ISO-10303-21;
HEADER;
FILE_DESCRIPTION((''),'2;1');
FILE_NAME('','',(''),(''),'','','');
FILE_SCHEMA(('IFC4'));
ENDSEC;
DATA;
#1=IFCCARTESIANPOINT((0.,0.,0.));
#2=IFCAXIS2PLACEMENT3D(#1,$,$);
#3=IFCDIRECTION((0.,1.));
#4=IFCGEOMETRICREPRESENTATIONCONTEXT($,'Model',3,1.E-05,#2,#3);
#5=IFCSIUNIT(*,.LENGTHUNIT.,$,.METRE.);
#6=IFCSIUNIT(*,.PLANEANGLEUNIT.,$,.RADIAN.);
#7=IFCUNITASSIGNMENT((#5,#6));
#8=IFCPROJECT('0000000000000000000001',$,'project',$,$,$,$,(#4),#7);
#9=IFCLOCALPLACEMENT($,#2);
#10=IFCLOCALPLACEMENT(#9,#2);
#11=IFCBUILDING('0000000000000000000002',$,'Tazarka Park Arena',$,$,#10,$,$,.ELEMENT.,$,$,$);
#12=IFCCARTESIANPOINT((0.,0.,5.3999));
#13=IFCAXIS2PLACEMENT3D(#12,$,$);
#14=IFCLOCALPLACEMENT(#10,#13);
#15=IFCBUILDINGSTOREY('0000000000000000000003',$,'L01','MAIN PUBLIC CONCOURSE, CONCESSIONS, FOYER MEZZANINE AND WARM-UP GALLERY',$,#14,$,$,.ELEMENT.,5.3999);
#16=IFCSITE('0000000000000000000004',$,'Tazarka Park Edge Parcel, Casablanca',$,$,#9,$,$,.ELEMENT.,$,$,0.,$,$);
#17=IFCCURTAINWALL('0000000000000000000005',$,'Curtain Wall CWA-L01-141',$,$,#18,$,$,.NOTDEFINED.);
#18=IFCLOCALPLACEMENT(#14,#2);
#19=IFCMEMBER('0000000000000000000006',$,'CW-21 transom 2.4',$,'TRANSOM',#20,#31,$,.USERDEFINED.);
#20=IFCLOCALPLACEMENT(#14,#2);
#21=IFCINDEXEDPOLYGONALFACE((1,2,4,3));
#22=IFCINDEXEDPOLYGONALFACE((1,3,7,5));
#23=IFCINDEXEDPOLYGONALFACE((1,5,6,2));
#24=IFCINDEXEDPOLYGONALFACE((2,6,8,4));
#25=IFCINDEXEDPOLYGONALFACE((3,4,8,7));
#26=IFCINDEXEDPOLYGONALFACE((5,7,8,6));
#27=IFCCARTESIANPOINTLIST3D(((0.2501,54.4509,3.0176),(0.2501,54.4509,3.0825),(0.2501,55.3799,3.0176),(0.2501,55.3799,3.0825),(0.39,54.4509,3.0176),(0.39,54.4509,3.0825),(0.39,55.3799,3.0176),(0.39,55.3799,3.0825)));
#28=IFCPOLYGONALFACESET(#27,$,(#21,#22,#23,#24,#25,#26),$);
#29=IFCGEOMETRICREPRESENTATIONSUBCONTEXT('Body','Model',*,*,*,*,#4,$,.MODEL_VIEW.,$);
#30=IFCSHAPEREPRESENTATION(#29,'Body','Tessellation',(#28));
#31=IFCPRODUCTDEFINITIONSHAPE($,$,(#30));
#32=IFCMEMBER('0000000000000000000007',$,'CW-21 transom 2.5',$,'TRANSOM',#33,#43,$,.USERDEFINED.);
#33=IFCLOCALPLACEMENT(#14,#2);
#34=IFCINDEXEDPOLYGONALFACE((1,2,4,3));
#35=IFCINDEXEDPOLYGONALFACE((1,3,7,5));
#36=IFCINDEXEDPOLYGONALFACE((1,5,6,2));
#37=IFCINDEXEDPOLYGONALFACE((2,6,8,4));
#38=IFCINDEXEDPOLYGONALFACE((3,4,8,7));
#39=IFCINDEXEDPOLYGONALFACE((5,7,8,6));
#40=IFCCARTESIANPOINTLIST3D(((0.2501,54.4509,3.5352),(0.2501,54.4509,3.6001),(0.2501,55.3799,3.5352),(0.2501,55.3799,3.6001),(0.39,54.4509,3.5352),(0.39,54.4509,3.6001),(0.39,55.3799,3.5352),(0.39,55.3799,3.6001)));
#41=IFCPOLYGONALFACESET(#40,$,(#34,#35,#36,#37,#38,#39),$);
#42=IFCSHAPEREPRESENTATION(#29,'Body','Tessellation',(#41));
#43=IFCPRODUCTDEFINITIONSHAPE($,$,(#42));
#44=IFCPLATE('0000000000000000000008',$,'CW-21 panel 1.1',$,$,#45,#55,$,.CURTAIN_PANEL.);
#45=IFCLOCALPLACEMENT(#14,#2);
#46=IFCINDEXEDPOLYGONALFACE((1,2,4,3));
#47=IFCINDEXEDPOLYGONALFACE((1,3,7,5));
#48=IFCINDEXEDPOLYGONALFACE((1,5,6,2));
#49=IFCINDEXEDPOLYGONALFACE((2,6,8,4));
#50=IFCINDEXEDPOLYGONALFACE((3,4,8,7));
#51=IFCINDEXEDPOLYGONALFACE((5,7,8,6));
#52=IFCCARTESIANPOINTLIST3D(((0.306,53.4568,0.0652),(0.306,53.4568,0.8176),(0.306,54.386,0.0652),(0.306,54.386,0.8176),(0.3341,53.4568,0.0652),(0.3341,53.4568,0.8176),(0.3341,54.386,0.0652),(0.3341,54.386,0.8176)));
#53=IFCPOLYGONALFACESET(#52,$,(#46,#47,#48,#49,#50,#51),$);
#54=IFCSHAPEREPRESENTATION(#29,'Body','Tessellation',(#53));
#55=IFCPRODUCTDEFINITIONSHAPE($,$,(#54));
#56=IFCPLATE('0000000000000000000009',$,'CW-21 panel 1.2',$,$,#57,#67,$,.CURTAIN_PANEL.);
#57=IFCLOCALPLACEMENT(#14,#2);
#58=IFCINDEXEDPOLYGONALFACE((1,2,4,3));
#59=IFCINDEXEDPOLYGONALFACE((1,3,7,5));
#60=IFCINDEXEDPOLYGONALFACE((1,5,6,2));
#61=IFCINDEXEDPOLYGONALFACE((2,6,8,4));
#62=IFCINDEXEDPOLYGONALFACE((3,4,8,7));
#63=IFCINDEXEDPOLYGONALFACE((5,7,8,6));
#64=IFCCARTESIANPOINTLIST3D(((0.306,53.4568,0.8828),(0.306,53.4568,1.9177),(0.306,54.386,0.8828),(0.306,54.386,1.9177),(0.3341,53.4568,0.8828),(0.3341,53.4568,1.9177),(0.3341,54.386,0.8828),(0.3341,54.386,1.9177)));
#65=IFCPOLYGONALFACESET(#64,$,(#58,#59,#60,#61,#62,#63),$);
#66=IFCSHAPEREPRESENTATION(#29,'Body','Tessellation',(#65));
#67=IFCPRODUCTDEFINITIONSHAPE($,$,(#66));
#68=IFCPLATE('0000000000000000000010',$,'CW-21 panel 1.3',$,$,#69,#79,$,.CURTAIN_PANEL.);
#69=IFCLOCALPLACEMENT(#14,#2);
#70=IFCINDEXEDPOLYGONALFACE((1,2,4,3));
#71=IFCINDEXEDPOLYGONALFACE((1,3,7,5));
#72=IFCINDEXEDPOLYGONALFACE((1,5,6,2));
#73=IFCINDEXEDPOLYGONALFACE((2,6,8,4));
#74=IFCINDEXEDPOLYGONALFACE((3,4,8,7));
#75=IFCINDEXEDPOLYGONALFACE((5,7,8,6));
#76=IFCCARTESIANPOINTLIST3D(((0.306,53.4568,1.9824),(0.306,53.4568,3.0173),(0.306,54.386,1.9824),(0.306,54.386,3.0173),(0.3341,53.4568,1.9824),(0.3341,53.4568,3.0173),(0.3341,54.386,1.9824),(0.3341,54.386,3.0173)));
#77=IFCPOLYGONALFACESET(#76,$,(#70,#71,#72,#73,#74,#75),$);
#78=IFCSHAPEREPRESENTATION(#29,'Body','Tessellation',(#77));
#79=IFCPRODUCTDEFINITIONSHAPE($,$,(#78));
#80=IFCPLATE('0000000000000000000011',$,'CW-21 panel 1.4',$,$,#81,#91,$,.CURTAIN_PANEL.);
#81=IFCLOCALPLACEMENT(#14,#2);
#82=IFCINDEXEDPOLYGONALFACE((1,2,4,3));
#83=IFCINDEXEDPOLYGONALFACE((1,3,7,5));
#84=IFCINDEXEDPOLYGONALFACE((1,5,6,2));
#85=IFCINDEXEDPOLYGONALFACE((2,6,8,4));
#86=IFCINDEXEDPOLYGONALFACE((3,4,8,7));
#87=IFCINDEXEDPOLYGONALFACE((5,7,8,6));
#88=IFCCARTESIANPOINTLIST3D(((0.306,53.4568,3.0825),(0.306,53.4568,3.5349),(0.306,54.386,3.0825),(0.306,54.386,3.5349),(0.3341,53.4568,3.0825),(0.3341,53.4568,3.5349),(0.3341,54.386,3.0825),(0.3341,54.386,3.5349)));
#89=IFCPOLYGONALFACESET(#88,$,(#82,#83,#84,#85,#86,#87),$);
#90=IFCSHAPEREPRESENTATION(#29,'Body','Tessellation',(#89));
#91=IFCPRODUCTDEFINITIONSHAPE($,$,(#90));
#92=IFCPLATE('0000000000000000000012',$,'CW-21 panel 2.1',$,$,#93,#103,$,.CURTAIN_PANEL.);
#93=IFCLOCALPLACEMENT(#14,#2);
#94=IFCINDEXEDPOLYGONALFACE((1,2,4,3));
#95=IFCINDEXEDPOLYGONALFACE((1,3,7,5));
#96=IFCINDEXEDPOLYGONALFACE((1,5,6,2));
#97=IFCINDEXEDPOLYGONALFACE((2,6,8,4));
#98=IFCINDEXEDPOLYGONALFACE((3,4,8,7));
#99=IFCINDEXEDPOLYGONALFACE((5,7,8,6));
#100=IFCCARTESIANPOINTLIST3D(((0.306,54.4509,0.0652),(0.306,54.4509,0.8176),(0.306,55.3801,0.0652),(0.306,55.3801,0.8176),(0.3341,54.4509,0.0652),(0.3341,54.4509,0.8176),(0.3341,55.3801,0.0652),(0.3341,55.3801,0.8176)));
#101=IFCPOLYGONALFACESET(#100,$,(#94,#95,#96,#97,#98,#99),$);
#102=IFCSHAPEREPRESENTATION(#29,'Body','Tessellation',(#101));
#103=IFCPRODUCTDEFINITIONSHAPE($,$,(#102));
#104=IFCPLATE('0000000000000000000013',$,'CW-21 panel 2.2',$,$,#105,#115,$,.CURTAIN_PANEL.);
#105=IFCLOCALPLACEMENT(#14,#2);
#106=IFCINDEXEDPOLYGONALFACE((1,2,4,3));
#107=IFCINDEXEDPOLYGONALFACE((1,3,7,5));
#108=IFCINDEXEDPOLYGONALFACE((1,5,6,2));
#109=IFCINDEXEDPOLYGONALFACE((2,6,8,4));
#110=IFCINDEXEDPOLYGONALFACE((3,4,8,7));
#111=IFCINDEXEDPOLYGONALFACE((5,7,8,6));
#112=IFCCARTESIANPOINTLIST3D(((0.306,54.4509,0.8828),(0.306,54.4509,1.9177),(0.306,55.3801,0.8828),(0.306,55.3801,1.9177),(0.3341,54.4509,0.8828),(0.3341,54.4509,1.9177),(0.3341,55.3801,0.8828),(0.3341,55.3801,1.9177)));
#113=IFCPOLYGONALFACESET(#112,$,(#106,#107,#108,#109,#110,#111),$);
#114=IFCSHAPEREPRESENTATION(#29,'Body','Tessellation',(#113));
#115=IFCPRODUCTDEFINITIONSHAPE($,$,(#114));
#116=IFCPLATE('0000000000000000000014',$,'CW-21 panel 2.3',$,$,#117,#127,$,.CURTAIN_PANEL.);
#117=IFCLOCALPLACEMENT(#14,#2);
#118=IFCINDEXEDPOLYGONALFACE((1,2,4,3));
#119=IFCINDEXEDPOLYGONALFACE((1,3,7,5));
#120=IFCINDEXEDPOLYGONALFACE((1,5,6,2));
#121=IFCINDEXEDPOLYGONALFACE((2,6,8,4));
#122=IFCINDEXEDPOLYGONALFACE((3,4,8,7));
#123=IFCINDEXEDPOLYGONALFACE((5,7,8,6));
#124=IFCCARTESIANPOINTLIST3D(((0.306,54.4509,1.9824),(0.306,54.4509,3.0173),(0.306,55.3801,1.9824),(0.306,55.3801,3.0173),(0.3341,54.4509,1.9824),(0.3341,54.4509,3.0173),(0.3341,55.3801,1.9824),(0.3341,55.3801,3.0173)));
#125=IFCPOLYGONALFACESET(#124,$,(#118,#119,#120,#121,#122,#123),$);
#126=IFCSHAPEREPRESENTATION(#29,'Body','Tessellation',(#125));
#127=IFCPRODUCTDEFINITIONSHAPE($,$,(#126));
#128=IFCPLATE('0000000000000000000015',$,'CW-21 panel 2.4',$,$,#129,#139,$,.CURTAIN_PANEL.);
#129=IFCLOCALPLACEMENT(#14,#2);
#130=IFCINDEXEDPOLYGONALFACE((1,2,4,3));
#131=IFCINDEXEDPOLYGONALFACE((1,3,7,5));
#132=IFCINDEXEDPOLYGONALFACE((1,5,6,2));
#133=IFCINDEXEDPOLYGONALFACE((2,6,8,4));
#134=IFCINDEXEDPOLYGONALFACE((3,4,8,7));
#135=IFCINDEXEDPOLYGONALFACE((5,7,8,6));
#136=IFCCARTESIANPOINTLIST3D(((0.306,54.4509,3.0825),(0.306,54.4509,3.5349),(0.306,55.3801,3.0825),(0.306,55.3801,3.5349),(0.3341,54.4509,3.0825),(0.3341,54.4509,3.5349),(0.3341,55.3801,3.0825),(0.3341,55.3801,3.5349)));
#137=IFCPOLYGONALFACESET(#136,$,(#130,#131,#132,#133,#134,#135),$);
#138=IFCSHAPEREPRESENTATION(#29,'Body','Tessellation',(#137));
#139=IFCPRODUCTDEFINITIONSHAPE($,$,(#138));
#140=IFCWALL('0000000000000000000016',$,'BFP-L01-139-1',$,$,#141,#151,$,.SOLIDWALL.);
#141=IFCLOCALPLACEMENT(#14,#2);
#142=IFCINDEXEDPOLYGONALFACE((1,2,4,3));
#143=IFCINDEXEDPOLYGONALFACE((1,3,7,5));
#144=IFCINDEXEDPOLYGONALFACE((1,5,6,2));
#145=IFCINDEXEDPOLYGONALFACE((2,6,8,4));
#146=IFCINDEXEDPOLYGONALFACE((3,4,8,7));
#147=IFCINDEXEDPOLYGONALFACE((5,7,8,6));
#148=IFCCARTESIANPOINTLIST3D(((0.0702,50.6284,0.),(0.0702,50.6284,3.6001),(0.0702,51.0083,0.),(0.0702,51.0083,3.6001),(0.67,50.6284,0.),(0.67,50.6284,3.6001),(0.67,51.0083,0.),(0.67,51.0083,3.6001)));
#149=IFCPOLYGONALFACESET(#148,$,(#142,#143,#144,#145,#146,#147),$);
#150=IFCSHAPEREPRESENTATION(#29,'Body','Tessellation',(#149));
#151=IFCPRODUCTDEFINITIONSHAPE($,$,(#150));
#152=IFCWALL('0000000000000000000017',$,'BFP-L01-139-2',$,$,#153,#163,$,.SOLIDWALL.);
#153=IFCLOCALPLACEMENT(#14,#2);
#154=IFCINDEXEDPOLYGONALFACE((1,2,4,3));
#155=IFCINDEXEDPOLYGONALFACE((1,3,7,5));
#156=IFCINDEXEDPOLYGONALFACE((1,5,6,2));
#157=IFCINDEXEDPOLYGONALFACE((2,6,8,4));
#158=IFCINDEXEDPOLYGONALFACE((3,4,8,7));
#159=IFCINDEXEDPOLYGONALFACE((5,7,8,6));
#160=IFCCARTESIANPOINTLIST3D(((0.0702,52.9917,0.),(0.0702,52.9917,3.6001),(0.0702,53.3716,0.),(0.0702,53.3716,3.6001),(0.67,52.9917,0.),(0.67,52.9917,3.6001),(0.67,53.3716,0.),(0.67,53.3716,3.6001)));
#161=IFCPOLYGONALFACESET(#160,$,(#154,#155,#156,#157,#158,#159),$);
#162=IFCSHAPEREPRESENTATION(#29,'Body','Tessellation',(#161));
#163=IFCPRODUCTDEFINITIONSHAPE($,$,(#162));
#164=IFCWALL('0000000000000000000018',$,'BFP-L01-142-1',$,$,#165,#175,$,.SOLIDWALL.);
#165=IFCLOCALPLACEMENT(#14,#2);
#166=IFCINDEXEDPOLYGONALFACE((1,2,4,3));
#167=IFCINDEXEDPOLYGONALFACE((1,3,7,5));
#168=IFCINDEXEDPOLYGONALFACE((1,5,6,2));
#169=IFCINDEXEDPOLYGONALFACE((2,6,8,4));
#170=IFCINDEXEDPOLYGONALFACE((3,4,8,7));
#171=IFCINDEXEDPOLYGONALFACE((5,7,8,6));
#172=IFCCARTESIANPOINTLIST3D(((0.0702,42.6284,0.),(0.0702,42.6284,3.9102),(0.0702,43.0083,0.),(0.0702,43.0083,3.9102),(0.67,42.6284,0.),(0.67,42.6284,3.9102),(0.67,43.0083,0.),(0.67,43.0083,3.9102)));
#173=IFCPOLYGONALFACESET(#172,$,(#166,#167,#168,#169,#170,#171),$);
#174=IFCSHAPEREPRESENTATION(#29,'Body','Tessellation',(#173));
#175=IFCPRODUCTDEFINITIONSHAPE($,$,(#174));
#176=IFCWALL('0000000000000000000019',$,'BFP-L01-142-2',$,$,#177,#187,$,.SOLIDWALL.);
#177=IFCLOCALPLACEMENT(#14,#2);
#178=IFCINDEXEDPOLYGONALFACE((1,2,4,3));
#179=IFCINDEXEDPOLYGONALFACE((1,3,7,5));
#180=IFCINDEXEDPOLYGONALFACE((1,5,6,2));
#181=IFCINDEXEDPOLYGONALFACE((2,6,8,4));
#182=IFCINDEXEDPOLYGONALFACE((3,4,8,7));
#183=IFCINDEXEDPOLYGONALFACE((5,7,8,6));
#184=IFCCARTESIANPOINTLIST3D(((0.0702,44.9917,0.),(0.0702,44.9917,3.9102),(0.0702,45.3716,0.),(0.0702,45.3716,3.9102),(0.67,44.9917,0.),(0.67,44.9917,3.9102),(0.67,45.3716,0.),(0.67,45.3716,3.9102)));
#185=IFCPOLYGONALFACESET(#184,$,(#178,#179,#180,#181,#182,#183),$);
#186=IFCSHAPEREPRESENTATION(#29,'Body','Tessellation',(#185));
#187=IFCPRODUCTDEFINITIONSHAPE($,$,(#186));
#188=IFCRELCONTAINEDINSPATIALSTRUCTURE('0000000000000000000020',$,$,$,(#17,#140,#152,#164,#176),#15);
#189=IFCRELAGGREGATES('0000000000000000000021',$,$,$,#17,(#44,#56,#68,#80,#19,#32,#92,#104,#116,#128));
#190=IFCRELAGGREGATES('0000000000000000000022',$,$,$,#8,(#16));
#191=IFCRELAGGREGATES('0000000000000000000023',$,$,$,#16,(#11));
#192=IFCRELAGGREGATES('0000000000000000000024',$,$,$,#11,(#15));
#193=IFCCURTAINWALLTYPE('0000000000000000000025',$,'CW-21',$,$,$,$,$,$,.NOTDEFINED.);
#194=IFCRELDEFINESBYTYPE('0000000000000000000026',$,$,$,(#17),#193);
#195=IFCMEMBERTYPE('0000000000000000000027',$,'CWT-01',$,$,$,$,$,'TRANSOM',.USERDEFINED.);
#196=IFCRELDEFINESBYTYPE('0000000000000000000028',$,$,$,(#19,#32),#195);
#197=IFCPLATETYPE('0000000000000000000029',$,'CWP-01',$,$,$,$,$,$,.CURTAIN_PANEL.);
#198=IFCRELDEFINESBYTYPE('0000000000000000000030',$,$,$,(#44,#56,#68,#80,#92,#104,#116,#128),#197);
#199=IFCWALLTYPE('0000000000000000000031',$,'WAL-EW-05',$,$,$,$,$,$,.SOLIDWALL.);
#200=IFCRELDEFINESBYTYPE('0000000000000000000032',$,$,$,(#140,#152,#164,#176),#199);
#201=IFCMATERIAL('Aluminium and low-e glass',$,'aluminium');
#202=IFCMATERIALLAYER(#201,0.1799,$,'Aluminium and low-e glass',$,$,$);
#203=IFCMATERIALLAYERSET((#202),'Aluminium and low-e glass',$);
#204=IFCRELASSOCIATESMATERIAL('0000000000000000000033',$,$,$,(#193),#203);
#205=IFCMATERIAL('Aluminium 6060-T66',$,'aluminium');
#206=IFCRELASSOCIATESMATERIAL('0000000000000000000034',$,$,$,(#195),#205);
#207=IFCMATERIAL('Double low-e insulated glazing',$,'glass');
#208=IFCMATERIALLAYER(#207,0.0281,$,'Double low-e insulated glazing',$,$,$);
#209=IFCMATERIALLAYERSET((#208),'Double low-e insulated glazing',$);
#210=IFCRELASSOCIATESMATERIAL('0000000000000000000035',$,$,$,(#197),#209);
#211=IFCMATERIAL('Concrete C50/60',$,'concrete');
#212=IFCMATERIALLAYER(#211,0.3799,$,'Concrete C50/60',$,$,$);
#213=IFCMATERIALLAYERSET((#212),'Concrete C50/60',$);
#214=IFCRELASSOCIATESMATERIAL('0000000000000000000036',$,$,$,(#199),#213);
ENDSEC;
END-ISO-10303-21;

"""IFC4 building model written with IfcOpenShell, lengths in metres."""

from ifc_helpers import new_model, si_unit, direction, frame, frame_2d, origin, origin_2d, place, context, subcontext, project, spatial, rectangle, extrude, material, layer, layer_set, material_profile, profile_set, type_object, element, aggregate, save


model = new_model("IFC4")

# Units and contexts
model_context = context("Model", 3, precision=1e-05, world=origin(), true_north=direction((0.0, 1.0)))
body_context = subcontext(model_context, "Body", "Model", "MODEL_VIEW")
ifc_project = project(units=[si_unit("LENGTHUNIT", "METRE"), si_unit("PLANEANGLEUNIT", "RADIAN")], contexts=[model_context])

# Site, building, storey
site_placement = place(None, origin())
site = spatial("IfcSite", under=ifc_project, at=site_placement, Name="Tazarka Park Edge Parcel, Casablanca", CompositionType="ELEMENT", RefElevation=0.0)
building_placement = place(site_placement, origin())
building = spatial("IfcBuilding", under=site, at=building_placement, Name="Tazarka Park Arena", CompositionType="ELEMENT")
storey_placement = place(building_placement, frame((0.0, 0.0, 5.3999)))
storey = spatial("IfcBuildingStorey", under=building, at=storey_placement, Name="L01", Description="MAIN PUBLIC CONCOURSE, CONCESSIONS, FOYER MEZZANINE AND WARM-UP GALLERY", CompositionType="ELEMENT", Elevation=5.3999)

# Curtain wall, members, plates
ifc_material_1 = material(Name="Aluminium and low-e glass", Category="aluminium")
ifc_layer_1 = layer(ifc_material_1, 0.1799, Name="Aluminium and low-e glass")
ifc_layer_set_1 = layer_set([ifc_layer_1], Name="Aluminium and low-e glass")
curtain_wall_type = type_object("IfcCurtainWallType", Name="CW-21", PredefinedType="NOTDEFINED", material=ifc_layer_set_1)
curtain_wall_placement = place(storey_placement, origin())
curtain_wall = element("IfcCurtainWall", 1, at=curtain_wall_placement, inside=storey, type_object=curtain_wall_type, Name="Curtain Wall CWA-L01-141", PredefinedType="NOTDEFINED")
ifc_material_2 = material(Name="Aluminium 6060-T66", Category="aluminium")
ifc_material_profile_1 = material_profile(ifc_material_2, rectangle(XDim=0.1399, YDim=0.0649, at=origin_2d()), Name="Aluminium 6060-T66")
ifc_profile_set_1 = profile_set([ifc_material_profile_1], Name="Aluminium 6060-T66")
member_type_1 = type_object("IfcMemberType", Name="CWT-01", ElementType="TRANSOM", PredefinedType="USERDEFINED", material=ifc_profile_set_1)
member_1_placement = place(storey_placement, frame((0.3201, 54.4509, 3.05), z_axis=(0.0, 1.0, 0.0), x_axis=(-1.0, 0.0, 0.0)))
member_1 = element("IfcMember", 2, at=member_1_placement, type_object=member_type_1, Name="CW-21 transom 2.4", ObjectType="TRANSOM", PredefinedType="USERDEFINED", context=body_context, shape_type="SweptSolid", body=[
    extrude(rectangle(XDim=0.1399, YDim=0.0649, at=origin_2d()), origin(), (0.0, 0.0, 1.0), 0.929),
])
member_2_placement = place(storey_placement, frame((0.3201, 54.4509, 3.5676), z_axis=(0.0, 1.0, 0.0), x_axis=(-1.0, 0.0, 0.0)))
member_2 = element("IfcMember", 3, at=member_2_placement, type_object=member_type_1, Name="CW-21 transom 2.5", ObjectType="TRANSOM", PredefinedType="USERDEFINED", context=body_context, shape_type="SweptSolid", body=[
    extrude(rectangle(XDim=0.1399, YDim=0.0649, at=origin_2d()), origin(), (0.0, 0.0, 1.0), 0.929),
])
ifc_material_3 = material(Name="Double low-e insulated glazing", Category="glass")
ifc_layer_2 = layer(ifc_material_3, 0.0281, Name="Double low-e insulated glazing")
ifc_layer_set_2 = layer_set([ifc_layer_2], Name="Double low-e insulated glazing")
plate_type = type_object("IfcPlateType", Name="CWP-01", PredefinedType="CURTAIN_PANEL", material=ifc_layer_set_2)
plate_1_placement = place(storey_placement, frame((0.3201, 53.9214, 0.0652), z_axis=(0.0, 0.0, 1.0), x_axis=(0.0, 1.0, 0.0)))
plate_1 = element("IfcPlate", 4, at=plate_1_placement, type_object=plate_type, Name="CW-21 panel 1.1", PredefinedType="CURTAIN_PANEL", context=body_context, shape_type="SweptSolid", body=[
    extrude(rectangle(XDim=0.9292, YDim=0.0281, at=origin_2d()), origin(), (0.0, 0.0, 1.0), 0.7524),
])
plate_2_placement = place(storey_placement, frame((0.3201, 53.9214, 0.8828), z_axis=(0.0, 0.0, 1.0), x_axis=(0.0, 1.0, 0.0)))
plate_2 = element("IfcPlate", 5, at=plate_2_placement, type_object=plate_type, Name="CW-21 panel 1.2", PredefinedType="CURTAIN_PANEL", context=body_context, shape_type="SweptSolid", body=[
    extrude(rectangle(XDim=0.9292, YDim=0.0281, at=origin_2d()), origin(), (0.0, 0.0, 1.0), 1.0349),
])
plate_3_placement = place(storey_placement, frame((0.3201, 53.9214, 1.9824), z_axis=(0.0, 0.0, 1.0), x_axis=(0.0, 1.0, 0.0)))
plate_3 = element("IfcPlate", 6, at=plate_3_placement, type_object=plate_type, Name="CW-21 panel 1.3", PredefinedType="CURTAIN_PANEL", context=body_context, shape_type="SweptSolid", body=[
    extrude(rectangle(XDim=0.9292, YDim=0.0281, at=origin_2d()), origin(), (0.0, 0.0, 1.0), 1.0349),
])
plate_4_placement = place(storey_placement, frame((0.3201, 53.9214, 3.0825), z_axis=(0.0, 0.0, 1.0), x_axis=(0.0, 1.0, 0.0)))
plate_4 = element("IfcPlate", 7, at=plate_4_placement, type_object=plate_type, Name="CW-21 panel 1.4", PredefinedType="CURTAIN_PANEL", context=body_context, shape_type="SweptSolid", body=[
    extrude(rectangle(XDim=0.9292, YDim=0.0281, at=origin_2d()), origin(), (0.0, 0.0, 1.0), 0.4524),
])
plate_5_placement = place(storey_placement, frame((0.3201, 54.9155, 0.0652), z_axis=(0.0, 0.0, 1.0), x_axis=(0.0, 1.0, 0.0)))
plate_5 = element("IfcPlate", 8, at=plate_5_placement, type_object=plate_type, Name="CW-21 panel 2.1", PredefinedType="CURTAIN_PANEL", context=body_context, shape_type="SweptSolid", body=[
    extrude(rectangle(XDim=0.9292, YDim=0.0281, at=origin_2d()), origin(), (0.0, 0.0, 1.0), 0.7524),
])
plate_6_placement = place(storey_placement, frame((0.3201, 54.9155, 0.8828), z_axis=(0.0, 0.0, 1.0), x_axis=(0.0, 1.0, 0.0)))
plate_6 = element("IfcPlate", 9, at=plate_6_placement, type_object=plate_type, Name="CW-21 panel 2.2", PredefinedType="CURTAIN_PANEL", context=body_context, shape_type="SweptSolid", body=[
    extrude(rectangle(XDim=0.9292, YDim=0.0281, at=origin_2d()), origin(), (0.0, 0.0, 1.0), 1.0349),
])
plate_7_placement = place(storey_placement, frame((0.3201, 54.9155, 1.9824), z_axis=(0.0, 0.0, 1.0), x_axis=(0.0, 1.0, 0.0)))
plate_7 = element("IfcPlate", 10, at=plate_7_placement, type_object=plate_type, Name="CW-21 panel 2.3", PredefinedType="CURTAIN_PANEL", context=body_context, shape_type="SweptSolid", body=[
    extrude(rectangle(XDim=0.9292, YDim=0.0281, at=origin_2d()), origin(), (0.0, 0.0, 1.0), 1.0349),
])
plate_8_placement = place(storey_placement, frame((0.3201, 54.9155, 3.0825), z_axis=(0.0, 0.0, 1.0), x_axis=(0.0, 1.0, 0.0)))
plate_8 = element("IfcPlate", 11, at=plate_8_placement, type_object=plate_type, Name="CW-21 panel 2.4", PredefinedType="CURTAIN_PANEL", context=body_context, shape_type="SweptSolid", body=[
    extrude(rectangle(XDim=0.9292, YDim=0.0281, at=origin_2d()), origin(), (0.0, 0.0, 1.0), 0.4524),
])
aggregate(curtain_wall, [plate_1, plate_2, plate_3, plate_4, member_1, member_2, plate_5, plate_6, plate_7, plate_8])

# Walls
ifc_material_4 = material(Name="Concrete C50/60", Category="concrete")
ifc_layer_3 = layer(ifc_material_4, 0.3799, Name="Concrete C50/60")
ifc_layer_set_3 = layer_set([ifc_layer_3], Name="Concrete C50/60")
wall_type = type_object("IfcWallType", Name="WAL-EW-05", PredefinedType="SOLIDWALL", material=ifc_layer_set_3)
for number, where, z_axis, x_axis, name in (
    (12, (0.6699, 50.8184, 0.0), (0.0, 0.0, 1.0), (-1.0, 0.0, 0.0), "BFP-L01-139-1"),
    (13, (0.6699, 53.1816, 0.0), (0.0, 0.0, 1.0), (-1.0, 0.0, 0.0), "BFP-L01-139-2"),
):
    element("IfcWall", number, at=place(storey_placement, frame(where, z_axis=z_axis, x_axis=x_axis)), inside=storey, type_object=wall_type, Name=name, PredefinedType="SOLIDWALL", context=body_context, shape_type="SweptSolid", body=[
        extrude(rectangle(XDim=0.5999, YDim=0.3799, at=frame_2d((0.2998, 0.0))), origin(), (0.0, 0.0, 1.0), 3.6001),
    ])
for number, where, z_axis, x_axis, name in (
    (14, (0.6699, 42.8184, 0.0), (0.0, 0.0, 1.0), (-1.0, 0.0, 0.0), "BFP-L01-142-1"),
    (15, (0.6699, 45.1816, 0.0), (0.0, 0.0, 1.0), (-1.0, 0.0, 0.0), "BFP-L01-142-2"),
):
    element("IfcWall", number, at=place(storey_placement, frame(where, z_axis=z_axis, x_axis=x_axis)), inside=storey, type_object=wall_type, Name=name, PredefinedType="SOLIDWALL", context=body_context, shape_type="SweptSolid", body=[
        extrude(rectangle(XDim=0.5999, YDim=0.3799, at=frame_2d((0.2998, 0.0))), origin(), (0.0, 0.0, 1.0), 3.9102),
    ])

save(model, "model.ifc")
